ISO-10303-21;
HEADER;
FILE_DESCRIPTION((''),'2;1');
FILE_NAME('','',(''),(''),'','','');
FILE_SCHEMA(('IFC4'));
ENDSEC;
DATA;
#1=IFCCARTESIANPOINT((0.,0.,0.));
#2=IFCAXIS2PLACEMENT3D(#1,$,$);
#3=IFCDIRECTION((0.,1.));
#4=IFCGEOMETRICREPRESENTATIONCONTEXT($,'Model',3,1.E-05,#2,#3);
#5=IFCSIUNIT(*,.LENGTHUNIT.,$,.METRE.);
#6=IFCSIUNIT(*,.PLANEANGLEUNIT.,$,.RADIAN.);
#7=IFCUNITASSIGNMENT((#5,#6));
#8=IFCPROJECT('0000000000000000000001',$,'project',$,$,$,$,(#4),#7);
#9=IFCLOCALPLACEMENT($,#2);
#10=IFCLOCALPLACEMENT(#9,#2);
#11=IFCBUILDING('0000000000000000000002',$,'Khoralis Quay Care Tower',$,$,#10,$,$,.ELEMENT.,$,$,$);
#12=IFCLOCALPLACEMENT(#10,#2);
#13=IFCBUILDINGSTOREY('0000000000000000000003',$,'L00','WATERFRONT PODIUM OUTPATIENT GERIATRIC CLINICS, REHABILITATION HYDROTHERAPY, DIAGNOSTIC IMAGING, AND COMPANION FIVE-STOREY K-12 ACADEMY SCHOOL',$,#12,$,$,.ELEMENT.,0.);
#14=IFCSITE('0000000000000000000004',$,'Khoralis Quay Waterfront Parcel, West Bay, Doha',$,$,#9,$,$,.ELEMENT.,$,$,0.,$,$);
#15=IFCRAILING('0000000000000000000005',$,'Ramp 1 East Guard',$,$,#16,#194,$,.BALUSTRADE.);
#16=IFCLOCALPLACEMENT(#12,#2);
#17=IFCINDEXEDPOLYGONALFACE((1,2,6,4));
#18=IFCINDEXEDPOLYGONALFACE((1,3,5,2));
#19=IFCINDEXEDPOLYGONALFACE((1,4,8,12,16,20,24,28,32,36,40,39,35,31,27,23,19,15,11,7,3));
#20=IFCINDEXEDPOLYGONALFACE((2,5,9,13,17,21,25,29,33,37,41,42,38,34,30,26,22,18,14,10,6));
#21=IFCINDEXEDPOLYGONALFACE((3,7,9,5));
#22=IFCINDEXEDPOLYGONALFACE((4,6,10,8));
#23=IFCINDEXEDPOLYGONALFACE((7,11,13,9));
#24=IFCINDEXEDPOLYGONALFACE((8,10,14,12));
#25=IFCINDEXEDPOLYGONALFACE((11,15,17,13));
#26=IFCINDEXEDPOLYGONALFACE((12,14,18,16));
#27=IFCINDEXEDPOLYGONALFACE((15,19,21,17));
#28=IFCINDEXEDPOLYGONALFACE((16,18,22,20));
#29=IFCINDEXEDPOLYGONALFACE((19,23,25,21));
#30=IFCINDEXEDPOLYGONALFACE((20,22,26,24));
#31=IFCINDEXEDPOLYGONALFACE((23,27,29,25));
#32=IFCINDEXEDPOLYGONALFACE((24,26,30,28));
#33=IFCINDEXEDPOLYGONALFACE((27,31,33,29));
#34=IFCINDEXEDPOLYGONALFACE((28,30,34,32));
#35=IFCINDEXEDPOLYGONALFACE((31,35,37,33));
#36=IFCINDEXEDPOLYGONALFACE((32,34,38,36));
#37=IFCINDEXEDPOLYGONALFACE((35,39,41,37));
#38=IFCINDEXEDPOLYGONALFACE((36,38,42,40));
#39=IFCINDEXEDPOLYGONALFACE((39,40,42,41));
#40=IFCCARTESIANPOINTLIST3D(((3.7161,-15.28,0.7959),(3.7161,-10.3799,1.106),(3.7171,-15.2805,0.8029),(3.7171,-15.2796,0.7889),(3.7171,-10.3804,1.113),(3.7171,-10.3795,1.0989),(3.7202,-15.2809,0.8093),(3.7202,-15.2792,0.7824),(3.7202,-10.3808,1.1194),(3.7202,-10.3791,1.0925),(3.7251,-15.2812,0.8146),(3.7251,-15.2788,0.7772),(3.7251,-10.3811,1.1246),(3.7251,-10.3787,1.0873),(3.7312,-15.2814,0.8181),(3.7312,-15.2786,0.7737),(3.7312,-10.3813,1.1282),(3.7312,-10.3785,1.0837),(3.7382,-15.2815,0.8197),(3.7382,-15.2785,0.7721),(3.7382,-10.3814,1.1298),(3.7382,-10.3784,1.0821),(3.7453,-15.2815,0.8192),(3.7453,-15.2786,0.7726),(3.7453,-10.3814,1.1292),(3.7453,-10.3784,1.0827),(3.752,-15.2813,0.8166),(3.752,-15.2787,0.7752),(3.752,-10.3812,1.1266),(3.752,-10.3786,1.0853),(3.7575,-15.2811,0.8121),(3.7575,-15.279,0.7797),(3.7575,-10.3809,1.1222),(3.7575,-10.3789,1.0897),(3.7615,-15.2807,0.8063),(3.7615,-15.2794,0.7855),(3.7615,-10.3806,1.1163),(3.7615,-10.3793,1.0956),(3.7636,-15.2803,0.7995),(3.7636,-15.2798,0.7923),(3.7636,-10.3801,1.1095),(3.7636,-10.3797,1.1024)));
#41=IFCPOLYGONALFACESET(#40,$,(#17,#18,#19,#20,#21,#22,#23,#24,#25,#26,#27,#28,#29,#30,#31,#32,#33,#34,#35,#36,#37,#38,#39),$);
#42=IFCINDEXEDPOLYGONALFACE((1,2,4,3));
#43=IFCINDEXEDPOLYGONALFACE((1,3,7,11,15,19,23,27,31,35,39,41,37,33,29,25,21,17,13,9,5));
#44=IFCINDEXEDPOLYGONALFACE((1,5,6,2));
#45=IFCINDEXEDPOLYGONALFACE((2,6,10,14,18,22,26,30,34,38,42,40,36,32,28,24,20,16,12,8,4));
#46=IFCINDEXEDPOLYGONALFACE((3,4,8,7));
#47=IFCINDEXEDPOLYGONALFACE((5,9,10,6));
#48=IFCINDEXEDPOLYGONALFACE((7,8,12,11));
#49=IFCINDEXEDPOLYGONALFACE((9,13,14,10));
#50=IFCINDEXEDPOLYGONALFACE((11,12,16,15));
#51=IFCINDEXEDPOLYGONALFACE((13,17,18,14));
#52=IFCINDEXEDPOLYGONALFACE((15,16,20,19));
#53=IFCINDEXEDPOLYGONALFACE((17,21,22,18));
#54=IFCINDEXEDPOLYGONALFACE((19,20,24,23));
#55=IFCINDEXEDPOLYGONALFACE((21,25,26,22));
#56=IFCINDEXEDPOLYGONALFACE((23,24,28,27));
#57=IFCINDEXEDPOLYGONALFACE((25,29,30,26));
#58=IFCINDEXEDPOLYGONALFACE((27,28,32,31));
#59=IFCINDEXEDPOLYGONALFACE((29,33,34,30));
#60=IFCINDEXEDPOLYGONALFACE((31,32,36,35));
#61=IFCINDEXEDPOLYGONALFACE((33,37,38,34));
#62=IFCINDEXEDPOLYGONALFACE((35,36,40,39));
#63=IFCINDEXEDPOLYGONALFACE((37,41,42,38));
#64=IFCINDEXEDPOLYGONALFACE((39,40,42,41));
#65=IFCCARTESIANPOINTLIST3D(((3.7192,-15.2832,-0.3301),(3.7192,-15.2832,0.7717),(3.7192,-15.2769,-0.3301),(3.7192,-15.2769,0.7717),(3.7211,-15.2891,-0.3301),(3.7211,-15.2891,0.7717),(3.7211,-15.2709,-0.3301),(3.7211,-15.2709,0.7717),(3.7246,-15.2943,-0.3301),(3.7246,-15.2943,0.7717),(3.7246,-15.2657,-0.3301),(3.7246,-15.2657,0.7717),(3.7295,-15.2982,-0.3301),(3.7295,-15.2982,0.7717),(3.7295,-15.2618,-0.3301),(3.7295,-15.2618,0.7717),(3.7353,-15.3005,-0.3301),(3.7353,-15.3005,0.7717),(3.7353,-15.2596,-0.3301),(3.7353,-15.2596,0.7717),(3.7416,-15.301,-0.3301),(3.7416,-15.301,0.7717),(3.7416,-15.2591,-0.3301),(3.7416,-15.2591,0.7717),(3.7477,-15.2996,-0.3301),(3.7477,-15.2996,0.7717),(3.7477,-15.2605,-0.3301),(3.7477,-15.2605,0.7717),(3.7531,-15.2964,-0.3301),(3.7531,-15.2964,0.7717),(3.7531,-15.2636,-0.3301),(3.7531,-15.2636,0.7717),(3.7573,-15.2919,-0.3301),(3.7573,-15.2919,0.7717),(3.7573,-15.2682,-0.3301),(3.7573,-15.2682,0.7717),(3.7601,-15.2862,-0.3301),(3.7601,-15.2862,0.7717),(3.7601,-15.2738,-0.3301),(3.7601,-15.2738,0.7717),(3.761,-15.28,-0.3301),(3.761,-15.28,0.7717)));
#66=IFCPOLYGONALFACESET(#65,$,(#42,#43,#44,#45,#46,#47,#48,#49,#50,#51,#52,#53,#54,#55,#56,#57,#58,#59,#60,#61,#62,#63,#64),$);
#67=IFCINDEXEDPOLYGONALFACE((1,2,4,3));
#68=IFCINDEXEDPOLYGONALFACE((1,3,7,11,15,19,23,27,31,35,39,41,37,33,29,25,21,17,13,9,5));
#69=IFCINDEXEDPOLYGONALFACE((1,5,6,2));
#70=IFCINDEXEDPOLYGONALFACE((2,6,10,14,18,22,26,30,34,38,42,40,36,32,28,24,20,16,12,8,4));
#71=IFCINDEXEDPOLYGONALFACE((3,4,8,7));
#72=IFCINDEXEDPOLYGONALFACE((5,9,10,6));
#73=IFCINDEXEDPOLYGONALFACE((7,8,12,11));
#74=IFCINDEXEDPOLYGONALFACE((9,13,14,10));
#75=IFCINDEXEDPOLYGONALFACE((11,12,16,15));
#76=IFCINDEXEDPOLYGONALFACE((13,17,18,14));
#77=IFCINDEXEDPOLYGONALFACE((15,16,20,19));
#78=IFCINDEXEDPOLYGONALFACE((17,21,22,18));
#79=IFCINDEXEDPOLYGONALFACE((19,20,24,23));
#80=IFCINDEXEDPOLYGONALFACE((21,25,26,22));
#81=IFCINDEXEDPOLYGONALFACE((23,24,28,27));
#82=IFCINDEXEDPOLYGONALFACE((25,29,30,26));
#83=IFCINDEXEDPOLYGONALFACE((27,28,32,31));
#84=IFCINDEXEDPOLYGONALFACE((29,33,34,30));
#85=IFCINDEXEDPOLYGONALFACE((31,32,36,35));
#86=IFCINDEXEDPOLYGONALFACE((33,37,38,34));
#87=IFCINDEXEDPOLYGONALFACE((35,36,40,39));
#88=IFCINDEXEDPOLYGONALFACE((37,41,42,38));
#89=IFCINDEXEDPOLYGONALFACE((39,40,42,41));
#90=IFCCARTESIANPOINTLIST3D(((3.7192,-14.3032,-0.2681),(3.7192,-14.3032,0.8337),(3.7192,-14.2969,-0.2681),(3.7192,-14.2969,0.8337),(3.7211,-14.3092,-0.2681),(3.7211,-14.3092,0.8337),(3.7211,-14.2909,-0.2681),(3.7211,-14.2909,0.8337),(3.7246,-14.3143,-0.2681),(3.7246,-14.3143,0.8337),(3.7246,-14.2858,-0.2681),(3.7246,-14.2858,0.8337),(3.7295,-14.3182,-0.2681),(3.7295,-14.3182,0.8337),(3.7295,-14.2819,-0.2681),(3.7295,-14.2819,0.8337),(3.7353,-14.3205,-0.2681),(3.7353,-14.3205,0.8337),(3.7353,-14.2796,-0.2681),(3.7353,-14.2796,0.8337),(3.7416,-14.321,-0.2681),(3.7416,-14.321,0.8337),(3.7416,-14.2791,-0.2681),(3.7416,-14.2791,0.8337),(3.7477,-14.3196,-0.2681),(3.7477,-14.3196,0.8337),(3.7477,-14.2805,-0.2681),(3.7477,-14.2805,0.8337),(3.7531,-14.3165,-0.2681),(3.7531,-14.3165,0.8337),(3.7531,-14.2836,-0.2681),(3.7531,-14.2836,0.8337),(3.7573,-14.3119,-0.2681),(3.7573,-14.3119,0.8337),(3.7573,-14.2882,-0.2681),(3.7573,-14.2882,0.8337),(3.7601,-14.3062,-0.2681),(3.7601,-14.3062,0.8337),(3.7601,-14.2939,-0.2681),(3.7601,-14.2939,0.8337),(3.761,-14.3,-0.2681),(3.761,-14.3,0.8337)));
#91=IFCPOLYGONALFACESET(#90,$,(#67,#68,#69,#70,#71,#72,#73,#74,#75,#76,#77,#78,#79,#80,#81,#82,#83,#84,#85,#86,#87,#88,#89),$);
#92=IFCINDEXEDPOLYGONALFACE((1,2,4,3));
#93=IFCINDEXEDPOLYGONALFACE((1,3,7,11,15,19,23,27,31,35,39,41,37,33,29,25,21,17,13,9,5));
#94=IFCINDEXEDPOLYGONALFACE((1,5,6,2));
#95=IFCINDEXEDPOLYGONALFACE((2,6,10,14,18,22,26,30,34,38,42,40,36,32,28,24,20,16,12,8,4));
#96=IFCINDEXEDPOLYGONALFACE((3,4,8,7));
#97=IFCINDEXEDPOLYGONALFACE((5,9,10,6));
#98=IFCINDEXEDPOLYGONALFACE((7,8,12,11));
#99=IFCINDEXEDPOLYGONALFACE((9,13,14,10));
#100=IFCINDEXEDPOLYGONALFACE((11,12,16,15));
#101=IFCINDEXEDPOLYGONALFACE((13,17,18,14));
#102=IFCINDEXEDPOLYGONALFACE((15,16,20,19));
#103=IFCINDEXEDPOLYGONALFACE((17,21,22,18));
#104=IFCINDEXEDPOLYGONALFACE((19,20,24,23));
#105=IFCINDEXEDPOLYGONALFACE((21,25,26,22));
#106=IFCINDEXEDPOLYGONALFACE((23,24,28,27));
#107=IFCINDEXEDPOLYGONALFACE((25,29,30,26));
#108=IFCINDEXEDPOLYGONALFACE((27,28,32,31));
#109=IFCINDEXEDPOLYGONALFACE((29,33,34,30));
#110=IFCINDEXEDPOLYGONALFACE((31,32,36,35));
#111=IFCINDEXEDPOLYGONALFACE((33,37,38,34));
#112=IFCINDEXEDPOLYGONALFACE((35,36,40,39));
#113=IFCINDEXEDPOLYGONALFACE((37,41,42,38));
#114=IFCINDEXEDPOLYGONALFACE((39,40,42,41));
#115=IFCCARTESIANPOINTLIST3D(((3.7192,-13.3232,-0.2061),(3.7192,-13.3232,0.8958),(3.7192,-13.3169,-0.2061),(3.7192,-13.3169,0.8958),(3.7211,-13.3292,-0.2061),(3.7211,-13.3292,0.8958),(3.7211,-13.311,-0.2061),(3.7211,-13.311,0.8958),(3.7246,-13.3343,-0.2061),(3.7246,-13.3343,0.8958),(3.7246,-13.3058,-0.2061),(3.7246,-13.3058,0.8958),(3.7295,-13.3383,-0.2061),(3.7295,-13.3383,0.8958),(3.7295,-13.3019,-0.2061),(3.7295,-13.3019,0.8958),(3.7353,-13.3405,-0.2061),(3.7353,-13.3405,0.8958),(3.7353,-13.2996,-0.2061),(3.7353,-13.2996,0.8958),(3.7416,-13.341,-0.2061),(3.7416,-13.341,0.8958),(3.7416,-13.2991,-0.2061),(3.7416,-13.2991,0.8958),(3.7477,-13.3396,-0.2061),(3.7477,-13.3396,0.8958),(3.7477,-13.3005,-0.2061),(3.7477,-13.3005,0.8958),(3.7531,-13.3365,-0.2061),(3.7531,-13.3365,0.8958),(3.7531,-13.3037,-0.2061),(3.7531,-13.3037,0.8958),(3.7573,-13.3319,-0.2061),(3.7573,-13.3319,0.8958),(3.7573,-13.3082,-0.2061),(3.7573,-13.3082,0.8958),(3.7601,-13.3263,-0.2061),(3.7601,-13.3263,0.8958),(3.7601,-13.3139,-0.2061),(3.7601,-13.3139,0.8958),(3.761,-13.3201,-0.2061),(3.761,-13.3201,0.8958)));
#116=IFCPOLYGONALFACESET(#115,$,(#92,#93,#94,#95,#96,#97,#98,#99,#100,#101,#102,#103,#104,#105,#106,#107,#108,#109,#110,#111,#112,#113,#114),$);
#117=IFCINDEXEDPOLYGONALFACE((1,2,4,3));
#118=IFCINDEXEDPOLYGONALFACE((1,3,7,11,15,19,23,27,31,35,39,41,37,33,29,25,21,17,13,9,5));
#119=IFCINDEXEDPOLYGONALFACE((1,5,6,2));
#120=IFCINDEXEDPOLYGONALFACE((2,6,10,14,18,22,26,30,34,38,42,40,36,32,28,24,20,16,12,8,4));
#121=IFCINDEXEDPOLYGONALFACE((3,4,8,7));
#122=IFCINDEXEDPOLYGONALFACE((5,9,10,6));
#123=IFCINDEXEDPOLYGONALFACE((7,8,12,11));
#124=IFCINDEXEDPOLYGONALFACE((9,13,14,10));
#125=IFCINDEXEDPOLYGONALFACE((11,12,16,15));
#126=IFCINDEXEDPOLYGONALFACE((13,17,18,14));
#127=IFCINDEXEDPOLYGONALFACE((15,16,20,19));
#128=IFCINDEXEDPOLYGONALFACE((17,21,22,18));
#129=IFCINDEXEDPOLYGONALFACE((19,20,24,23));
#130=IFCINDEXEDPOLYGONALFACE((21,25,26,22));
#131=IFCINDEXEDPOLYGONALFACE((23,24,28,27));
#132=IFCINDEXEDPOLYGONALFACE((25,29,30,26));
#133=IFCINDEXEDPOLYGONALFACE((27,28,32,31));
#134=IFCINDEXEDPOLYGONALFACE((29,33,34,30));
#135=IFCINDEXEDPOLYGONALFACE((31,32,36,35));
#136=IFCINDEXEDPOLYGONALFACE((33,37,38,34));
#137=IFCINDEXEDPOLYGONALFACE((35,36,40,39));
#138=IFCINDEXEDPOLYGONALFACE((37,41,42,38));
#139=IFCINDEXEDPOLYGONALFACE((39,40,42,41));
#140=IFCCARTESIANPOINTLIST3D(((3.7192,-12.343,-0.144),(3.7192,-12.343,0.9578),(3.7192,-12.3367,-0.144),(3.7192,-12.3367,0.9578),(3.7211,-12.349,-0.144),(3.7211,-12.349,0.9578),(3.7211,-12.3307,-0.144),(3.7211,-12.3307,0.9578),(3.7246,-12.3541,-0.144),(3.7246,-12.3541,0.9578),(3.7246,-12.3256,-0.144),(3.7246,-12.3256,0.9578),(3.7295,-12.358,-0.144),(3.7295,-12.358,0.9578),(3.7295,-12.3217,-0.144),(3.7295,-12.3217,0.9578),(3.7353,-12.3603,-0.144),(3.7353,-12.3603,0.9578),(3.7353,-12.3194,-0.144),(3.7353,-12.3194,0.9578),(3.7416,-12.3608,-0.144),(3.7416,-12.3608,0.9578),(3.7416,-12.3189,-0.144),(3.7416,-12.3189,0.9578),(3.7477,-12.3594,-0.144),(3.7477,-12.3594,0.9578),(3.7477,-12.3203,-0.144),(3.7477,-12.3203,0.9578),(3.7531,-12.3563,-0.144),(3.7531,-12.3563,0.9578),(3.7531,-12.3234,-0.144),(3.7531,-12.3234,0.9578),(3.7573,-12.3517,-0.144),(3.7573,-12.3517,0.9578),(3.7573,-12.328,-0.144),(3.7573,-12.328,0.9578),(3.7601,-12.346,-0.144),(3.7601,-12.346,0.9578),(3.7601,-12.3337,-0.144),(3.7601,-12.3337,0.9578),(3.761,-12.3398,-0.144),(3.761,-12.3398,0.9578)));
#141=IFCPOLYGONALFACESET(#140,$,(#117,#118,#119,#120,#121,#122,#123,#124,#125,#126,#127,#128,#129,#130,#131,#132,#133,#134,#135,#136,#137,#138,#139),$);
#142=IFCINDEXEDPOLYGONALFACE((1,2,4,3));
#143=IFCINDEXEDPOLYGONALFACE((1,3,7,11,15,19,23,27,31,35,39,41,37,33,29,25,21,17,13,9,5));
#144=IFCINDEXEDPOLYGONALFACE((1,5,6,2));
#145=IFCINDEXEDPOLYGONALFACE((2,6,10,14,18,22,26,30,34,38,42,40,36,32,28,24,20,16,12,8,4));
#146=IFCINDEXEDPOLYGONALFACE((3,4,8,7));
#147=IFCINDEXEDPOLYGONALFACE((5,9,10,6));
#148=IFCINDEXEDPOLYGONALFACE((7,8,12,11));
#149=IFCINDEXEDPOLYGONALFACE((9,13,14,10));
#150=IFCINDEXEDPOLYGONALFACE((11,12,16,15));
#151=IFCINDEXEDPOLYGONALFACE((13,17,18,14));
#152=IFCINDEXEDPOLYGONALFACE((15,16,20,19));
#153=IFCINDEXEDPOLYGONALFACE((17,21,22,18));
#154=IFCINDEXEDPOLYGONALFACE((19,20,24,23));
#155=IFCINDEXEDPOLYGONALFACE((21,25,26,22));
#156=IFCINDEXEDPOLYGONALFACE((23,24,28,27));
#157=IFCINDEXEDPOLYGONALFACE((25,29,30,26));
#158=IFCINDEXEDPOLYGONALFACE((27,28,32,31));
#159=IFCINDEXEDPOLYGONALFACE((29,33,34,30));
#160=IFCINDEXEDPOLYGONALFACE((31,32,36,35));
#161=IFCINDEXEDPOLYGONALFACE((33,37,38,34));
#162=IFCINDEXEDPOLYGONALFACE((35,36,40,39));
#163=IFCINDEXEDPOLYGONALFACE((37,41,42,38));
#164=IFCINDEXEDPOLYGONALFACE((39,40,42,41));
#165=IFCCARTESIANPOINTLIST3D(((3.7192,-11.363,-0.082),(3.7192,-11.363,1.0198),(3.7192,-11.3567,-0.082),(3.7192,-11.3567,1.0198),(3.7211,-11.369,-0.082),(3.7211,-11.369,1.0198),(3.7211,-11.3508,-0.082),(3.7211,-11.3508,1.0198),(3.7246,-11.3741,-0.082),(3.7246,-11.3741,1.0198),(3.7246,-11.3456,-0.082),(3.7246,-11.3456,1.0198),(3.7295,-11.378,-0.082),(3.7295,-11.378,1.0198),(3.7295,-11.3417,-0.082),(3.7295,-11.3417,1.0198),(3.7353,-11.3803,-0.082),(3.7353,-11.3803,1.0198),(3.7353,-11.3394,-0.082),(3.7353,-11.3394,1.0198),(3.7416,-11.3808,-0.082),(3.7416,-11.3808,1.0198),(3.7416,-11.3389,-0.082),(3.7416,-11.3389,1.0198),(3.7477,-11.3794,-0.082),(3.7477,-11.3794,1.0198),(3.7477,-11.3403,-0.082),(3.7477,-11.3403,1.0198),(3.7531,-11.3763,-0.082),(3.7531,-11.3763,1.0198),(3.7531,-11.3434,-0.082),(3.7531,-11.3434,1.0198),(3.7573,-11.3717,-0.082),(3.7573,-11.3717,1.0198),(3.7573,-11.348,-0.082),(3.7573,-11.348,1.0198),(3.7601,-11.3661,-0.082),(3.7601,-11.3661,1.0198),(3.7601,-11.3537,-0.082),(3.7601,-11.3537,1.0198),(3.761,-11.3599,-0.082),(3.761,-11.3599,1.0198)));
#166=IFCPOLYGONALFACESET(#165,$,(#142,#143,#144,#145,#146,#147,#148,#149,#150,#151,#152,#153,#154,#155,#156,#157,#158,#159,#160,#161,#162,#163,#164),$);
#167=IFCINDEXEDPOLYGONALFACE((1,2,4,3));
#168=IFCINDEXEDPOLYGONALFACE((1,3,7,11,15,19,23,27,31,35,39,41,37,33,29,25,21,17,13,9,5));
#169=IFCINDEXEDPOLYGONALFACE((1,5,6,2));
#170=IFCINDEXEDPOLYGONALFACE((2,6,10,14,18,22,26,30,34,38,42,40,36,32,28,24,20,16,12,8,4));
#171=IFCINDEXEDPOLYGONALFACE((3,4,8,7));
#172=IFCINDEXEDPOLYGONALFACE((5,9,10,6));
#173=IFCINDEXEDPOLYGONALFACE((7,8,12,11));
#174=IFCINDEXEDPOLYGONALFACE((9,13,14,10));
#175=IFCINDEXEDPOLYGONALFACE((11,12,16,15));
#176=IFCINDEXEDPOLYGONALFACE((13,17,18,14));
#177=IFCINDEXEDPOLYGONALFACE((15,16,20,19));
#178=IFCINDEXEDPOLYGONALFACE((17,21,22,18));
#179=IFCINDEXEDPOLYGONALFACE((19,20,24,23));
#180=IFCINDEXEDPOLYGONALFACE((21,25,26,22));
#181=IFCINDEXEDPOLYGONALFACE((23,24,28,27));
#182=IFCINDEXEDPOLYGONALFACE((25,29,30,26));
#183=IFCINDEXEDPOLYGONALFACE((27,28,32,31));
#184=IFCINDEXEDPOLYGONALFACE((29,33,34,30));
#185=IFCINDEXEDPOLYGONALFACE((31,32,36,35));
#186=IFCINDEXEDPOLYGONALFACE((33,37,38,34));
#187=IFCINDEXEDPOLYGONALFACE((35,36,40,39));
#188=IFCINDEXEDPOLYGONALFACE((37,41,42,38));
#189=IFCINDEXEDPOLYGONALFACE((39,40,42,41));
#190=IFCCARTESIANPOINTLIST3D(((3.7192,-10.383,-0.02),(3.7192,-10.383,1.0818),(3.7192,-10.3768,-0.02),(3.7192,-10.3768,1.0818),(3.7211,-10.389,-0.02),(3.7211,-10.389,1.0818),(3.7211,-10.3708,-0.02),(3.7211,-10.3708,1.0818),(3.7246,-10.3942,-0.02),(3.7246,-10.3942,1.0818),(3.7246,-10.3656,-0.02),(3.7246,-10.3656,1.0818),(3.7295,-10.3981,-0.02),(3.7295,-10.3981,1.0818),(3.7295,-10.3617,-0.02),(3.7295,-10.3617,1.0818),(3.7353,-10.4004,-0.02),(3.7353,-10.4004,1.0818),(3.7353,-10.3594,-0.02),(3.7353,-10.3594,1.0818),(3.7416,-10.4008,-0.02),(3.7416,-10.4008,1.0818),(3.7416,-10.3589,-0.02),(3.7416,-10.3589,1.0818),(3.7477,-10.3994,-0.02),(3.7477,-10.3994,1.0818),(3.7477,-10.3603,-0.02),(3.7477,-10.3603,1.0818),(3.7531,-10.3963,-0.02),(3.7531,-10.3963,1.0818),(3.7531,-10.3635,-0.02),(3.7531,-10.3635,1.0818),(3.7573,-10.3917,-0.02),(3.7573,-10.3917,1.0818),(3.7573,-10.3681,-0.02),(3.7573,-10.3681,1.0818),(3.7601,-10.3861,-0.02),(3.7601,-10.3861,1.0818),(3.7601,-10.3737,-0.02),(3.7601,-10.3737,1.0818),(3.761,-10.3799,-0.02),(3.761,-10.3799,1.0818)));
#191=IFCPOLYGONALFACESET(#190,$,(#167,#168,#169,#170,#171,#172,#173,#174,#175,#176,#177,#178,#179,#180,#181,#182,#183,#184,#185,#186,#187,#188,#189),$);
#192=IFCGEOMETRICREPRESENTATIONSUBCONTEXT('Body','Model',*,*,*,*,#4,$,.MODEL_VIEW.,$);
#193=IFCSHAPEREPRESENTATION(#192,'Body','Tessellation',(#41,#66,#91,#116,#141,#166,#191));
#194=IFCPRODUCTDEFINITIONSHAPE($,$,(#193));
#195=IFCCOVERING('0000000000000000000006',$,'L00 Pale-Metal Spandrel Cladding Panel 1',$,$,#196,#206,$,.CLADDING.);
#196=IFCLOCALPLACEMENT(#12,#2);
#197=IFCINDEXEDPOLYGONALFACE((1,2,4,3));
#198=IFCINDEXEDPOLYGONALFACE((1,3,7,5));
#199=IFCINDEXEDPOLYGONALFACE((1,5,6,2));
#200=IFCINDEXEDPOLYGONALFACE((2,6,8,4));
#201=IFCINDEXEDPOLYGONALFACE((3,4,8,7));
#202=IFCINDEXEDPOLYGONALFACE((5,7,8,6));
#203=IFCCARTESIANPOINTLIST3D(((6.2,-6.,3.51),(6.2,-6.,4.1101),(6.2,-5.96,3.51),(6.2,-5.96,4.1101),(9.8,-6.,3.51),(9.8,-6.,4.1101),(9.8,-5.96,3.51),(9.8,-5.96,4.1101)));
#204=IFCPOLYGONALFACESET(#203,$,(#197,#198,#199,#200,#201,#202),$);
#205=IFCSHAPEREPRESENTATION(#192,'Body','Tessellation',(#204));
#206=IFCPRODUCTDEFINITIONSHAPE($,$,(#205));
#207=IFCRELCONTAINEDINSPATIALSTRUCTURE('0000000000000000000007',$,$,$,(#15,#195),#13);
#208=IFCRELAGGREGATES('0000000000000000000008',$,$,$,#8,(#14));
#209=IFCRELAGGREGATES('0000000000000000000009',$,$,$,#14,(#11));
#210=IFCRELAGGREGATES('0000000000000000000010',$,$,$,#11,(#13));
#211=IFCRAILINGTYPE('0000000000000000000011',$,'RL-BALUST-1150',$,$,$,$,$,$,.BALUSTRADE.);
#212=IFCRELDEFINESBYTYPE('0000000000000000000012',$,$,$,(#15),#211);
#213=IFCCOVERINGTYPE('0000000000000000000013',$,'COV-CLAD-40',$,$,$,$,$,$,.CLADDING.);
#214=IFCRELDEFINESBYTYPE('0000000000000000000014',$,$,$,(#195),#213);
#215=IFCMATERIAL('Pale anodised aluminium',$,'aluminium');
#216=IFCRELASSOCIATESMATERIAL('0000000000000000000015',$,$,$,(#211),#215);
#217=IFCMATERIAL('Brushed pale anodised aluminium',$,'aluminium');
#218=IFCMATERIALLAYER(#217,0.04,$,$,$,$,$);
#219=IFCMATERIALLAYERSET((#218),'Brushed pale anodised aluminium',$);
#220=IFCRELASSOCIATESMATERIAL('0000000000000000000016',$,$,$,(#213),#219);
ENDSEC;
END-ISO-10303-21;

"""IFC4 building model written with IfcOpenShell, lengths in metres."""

from ifc_helpers import new_model, si_unit, direction, frame, origin, origin_2d, place, context, subcontext, project, spatial, rectangle, circle, extrude, source, transform, mapped, material, layer, layer_set, type_object, element, save


model = new_model("IFC4")

# Units and contexts
model_context = context("Model", 3, precision=1e-05, world=origin(), true_north=direction((0.0, 1.0)))
body_context = subcontext(model_context, "Body", "Model", "MODEL_VIEW")
ifc_project = project(units=[si_unit("LENGTHUNIT", "METRE"), si_unit("PLANEANGLEUNIT", "RADIAN")], contexts=[model_context])

# Site, building, storey
site_placement = place(None, origin())
site = spatial("IfcSite", under=ifc_project, at=site_placement, Name="Khoralis Quay Waterfront Parcel, West Bay, Doha", CompositionType="ELEMENT", RefElevation=0.0)
building_placement = place(site_placement, origin())
building = spatial("IfcBuilding", under=site, at=building_placement, Name="Khoralis Quay Care Tower", CompositionType="ELEMENT")
storey_placement = place(building_placement, origin())
storey = spatial("IfcBuildingStorey", under=building, at=storey_placement, Name="L00", Description="WATERFRONT PODIUM OUTPATIENT GERIATRIC CLINICS, REHABILITATION HYDROTHERAPY, DIAGNOSTIC IMAGING, AND COMPANION FIVE-STOREY K-12 ACADEMY SCHOOL", CompositionType="ELEMENT", Elevation=0.0)

# Railing
ifc_material_1 = material(Name="Pale anodised aluminium", Category="aluminium")
railing_type = type_object("IfcRailingType", Name="RL-BALUST-1150", PredefinedType="BALUSTRADE", material=ifc_material_1)
for number, where, name in (
    (1, (3.74, -15.28, -0.3301), "Ramp 1 East Guard"),
):
    element("IfcRailing", number, at=place(storey_placement, frame(where)), inside=storey, type_object=railing_type, Name=name, PredefinedType="BALUSTRADE", context=body_context, shape_type="SweptSolid", body=[
        extrude(circle(Radius=0.0239, at=origin_2d()), frame((0.0, 0.0, 1.126), z_axis=(0.0, 0.998004, 0.063149), x_axis=(-1.0, 0.0, 0.0)), (0.0, 0.0, 1.0), 4.9099),
        extrude(circle(Radius=0.021, at=origin_2d()), origin(), (0.0, 0.0, 1.0), 1.1018),
        extrude(circle(Radius=0.021, at=origin_2d()), frame((0.0, 0.98, 0.062)), (0.0, 0.0, 1.0), 1.1018),
        extrude(circle(Radius=0.021, at=origin_2d()), frame((0.0, 1.96, 0.124)), (0.0, 0.0, 1.0), 1.1018),
        extrude(circle(Radius=0.021, at=origin_2d()), frame((0.0, 2.9402, 0.186)), (0.0, 0.0, 1.0), 1.1018),
        extrude(circle(Radius=0.021, at=origin_2d()), frame((0.0, 3.9202, 0.248)), (0.0, 0.0, 1.0), 1.1018),
        extrude(circle(Radius=0.021, at=origin_2d()), frame((0.0, 4.9001, 0.3101)), (0.0, 0.0, 1.0), 1.1018),
    ])

# Covering
ifc_material_2 = material(Name="Brushed pale anodised aluminium", Category="aluminium")
ifc_layer_1 = layer(ifc_material_2, 0.04)
ifc_layer_set_1 = layer_set([ifc_layer_1], Name="Brushed pale anodised aluminium")
covering_type = type_object("IfcCoveringType", Name="COV-CLAD-40", PredefinedType="CLADDING", material=ifc_layer_set_1)
shared_shape_1 = source(origin(), body_context, "Body", "SweptSolid", [
    extrude(rectangle(XDim=3.6001, YDim=0.04, at=origin_2d()), origin(), (0.0, 0.0, 1.0), 0.6001),
])
covering_placement = place(storey_placement, frame((8.0, -5.98, 3.51), z_axis=(0.0, 0.0, 1.0), x_axis=(1.0, 0.0, 0.0)))
element("IfcCovering", 2, at=covering_placement, inside=storey, type_object=covering_type, Name="L00 Pale-Metal Spandrel Cladding Panel 1", PredefinedType="CLADDING", context=body_context, shape_type="MappedRepresentation", body=[
    mapped(shared_shape_1, transform((0.0, 0.0, 0.0), scale=1.0)),
])

save(model, "model.ifc")
